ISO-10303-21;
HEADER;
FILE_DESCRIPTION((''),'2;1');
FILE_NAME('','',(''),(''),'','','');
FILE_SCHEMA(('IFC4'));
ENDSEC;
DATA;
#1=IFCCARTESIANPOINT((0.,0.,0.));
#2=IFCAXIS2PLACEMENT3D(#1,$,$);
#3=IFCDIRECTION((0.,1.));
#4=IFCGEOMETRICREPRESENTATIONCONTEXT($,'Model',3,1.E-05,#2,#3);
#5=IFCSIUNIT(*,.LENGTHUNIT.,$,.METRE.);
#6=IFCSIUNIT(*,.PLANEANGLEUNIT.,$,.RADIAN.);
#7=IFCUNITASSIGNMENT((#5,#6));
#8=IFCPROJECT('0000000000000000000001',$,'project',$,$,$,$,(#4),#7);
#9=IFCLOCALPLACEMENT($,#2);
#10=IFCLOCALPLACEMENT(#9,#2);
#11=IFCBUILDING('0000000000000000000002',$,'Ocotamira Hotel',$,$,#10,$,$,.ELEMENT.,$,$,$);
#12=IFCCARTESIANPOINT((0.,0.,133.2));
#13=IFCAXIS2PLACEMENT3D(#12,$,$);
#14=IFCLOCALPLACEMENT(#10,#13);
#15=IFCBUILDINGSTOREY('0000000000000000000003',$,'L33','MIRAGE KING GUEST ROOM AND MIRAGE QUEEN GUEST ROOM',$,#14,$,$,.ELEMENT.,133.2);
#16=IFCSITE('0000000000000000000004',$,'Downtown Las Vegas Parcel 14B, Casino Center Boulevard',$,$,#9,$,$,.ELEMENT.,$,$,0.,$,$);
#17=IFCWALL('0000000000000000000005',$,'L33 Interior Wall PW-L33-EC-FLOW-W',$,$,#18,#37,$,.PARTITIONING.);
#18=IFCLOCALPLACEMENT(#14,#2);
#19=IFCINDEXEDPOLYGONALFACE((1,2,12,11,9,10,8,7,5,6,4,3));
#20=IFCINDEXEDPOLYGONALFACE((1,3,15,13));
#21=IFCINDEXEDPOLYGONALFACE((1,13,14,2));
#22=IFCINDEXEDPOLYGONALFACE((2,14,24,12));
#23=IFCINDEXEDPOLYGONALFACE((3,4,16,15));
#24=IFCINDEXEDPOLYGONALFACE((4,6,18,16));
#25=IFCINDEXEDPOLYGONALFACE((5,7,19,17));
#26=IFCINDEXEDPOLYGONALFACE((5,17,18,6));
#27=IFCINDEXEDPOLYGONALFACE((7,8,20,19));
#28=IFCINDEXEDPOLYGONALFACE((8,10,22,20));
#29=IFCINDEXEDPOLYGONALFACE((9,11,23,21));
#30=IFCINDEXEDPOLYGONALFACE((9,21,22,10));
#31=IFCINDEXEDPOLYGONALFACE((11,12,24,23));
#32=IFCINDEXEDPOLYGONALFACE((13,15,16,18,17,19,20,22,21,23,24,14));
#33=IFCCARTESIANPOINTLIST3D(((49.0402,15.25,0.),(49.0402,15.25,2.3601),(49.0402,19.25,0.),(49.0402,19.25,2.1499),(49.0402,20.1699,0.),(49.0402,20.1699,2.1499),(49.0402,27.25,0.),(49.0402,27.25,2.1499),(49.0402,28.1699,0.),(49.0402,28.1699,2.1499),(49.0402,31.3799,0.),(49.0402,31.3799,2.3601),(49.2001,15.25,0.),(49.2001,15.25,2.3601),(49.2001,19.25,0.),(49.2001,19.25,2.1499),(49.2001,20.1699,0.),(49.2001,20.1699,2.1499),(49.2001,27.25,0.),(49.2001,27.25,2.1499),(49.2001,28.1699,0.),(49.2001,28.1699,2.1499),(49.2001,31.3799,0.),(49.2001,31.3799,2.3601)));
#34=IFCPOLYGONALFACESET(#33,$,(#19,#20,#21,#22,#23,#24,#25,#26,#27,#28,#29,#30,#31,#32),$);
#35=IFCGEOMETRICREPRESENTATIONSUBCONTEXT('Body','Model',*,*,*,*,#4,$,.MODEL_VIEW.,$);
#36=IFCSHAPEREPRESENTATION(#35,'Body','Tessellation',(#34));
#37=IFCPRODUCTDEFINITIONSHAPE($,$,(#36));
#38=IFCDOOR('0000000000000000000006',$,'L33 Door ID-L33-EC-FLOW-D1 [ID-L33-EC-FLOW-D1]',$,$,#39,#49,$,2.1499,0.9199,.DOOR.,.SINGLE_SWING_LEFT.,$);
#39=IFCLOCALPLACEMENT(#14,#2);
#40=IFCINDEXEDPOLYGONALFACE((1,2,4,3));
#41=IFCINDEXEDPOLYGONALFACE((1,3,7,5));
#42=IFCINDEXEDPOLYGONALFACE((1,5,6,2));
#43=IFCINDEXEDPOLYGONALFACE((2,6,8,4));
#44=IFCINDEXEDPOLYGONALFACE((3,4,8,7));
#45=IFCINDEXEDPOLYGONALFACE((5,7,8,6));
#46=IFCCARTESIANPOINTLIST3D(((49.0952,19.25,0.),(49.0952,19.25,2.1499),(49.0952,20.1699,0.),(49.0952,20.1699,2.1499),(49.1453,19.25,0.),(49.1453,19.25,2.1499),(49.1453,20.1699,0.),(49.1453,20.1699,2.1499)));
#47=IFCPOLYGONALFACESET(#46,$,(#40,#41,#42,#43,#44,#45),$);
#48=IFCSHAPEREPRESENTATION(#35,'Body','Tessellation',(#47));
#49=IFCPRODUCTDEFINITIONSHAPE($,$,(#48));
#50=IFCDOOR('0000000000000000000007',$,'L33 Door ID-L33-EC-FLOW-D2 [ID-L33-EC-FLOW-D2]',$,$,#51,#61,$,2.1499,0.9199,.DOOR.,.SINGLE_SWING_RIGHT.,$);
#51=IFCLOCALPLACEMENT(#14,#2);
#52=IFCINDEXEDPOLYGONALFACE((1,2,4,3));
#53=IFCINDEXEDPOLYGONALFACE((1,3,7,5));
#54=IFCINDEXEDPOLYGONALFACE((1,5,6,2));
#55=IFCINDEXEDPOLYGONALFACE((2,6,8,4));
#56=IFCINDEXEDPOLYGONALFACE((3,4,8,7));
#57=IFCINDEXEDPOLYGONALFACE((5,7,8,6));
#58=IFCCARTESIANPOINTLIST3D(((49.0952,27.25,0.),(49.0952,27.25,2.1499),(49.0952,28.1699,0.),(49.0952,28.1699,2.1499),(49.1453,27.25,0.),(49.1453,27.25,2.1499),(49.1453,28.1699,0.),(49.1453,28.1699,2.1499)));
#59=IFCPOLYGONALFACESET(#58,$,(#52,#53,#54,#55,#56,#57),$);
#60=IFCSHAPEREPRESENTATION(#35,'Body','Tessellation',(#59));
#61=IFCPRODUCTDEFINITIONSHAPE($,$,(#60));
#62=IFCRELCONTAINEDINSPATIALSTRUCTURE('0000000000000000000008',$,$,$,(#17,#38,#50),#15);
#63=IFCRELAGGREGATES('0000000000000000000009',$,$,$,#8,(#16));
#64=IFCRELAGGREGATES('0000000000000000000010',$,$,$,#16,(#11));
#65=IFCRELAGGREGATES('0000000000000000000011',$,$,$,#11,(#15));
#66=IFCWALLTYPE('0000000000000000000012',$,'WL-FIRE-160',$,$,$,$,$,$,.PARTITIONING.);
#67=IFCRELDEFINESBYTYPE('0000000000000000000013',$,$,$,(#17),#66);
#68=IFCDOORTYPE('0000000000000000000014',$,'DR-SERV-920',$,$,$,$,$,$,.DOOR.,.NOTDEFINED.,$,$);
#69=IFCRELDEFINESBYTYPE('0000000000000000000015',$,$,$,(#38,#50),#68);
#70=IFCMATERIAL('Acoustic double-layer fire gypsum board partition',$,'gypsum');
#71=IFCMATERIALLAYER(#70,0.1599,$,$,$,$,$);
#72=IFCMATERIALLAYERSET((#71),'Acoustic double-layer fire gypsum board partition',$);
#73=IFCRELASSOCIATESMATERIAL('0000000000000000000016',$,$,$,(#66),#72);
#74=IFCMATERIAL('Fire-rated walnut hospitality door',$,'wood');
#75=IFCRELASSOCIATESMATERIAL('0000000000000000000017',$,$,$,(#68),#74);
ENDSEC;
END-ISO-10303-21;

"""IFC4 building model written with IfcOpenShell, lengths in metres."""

from ifc_helpers import new_model, si_unit, direction, frame, frame_2d, origin, place, context, subcontext, project, spatial, rectangle, extrude, source, transform, mapped, material, layer, layer_set, type_object, element, fill, save


model = new_model("IFC4")

# Units and contexts
model_context = context("Model", 3, precision=1e-05, world=origin(), true_north=direction((0.0, 1.0)))
body_context = subcontext(model_context, "Body", "Model", "MODEL_VIEW")
ifc_project = project(units=[si_unit("LENGTHUNIT", "METRE"), si_unit("PLANEANGLEUNIT", "RADIAN")], contexts=[model_context])

# Site, building, storey
site_placement = place(None, origin())
site = spatial("IfcSite", under=ifc_project, at=site_placement, Name="Downtown Las Vegas Parcel 14B, Casino Center Boulevard", CompositionType="ELEMENT", RefElevation=0.0)
building_placement = place(site_placement, origin())
building = spatial("IfcBuilding", under=site, at=building_placement, Name="Ocotamira Hotel", CompositionType="ELEMENT")
storey_placement = place(building_placement, frame((0.0, 0.0, 133.2)))
storey = spatial("IfcBuildingStorey", under=building, at=storey_placement, Name="L33", Description="MIRAGE KING GUEST ROOM AND MIRAGE QUEEN GUEST ROOM", CompositionType="ELEMENT", Elevation=133.2)

# Wall, openings, doors
ifc_material_1 = material(Name="Acoustic double-layer fire gypsum board partition", Category="gypsum")
ifc_layer_1 = layer(ifc_material_1, 0.1599)
ifc_layer_set_1 = layer_set([ifc_layer_1], Name="Acoustic double-layer fire gypsum board partition")
wall_type_1 = type_object("IfcWallType", Name="WL-FIRE-160", PredefinedType="PARTITIONING", material=ifc_layer_set_1)
wall_1_placement = place(storey_placement, frame((49.1201, 15.25, 0.0), z_axis=(0.0, 0.0, 1.0), x_axis=(0.0, 1.0, 0.0)))
wall_1 = element("IfcWall", 1, at=wall_1_placement, inside=storey, type_object=wall_type_1, Name="L33 Interior Wall PW-L33-EC-FLOW-W", PredefinedType="PARTITIONING", context=body_context, shape_type="SweptSolid", body=[
    extrude(rectangle(XDim=16.1299, YDim=0.1599, at=frame_2d((8.0649, 0.0))), origin(), (0.0, 0.0, 1.0), 2.3601),
])
opening_1_placement = place(wall_1_placement, frame((4.0, 0.0, 0.0)))
opening_1 = element("IfcOpeningElement", 2, at=opening_1_placement, cuts=wall_1, PredefinedType="OPENING", context=body_context, shape_type="SweptSolid", body=[
    extrude(rectangle(XDim=0.9199, YDim=2.1499, at=frame_2d((0.46, 1.075))), frame((0.0, 0.0898, 0.0), z_axis=(0.0, -1.0, 0.0), x_axis=(1.0, 0.0, 0.0)), (0.0, 0.0, 1.0), 0.1799),
])
opening_2_placement = place(wall_1_placement, frame((12.0, 0.0, 0.0)))
opening_2 = element("IfcOpeningElement", 3, at=opening_2_placement, cuts=wall_1, PredefinedType="OPENING", context=body_context, shape_type="SweptSolid", body=[
    extrude(rectangle(XDim=0.9199, YDim=2.1499, at=frame_2d((0.46, 1.075))), frame((0.0, 0.0898, 0.0), z_axis=(0.0, -1.0, 0.0), x_axis=(1.0, 0.0, 0.0)), (0.0, 0.0, 1.0), 0.1799),
])
ifc_material_2 = material(Name="Fire-rated walnut hospitality door", Category="wood")
door_type_1 = type_object("IfcDoorType", Name="DR-SERV-920", OperationType="NOTDEFINED", PredefinedType="DOOR", material=ifc_material_2)
shared_shape_1 = source(origin(), body_context, "Body", "SweptSolid", [
    extrude(rectangle(XDim=0.9199, YDim=2.1499, at=frame_2d((0.46, 1.075))), frame((0.0, 0.0249, 0.0), z_axis=(0.0, -1.0, 0.0), x_axis=(1.0, 0.0, 0.0)), (0.0, 0.0, 1.0), 0.05),
])
door_1_placement = place(opening_1_placement, origin())
door_1 = element("IfcDoor", 4, at=door_1_placement, inside=storey, type_object=door_type_1, Name="L33 Door ID-L33-EC-FLOW-D1 [ID-L33-EC-FLOW-D1]", OperationType="SINGLE_SWING_LEFT", OverallHeight=2.1499, OverallWidth=0.9199, PredefinedType="DOOR", context=body_context, shape_type="MappedRepresentation", body=[
    mapped(shared_shape_1, transform((0.0, 0.0, 0.0), scale=1.0)),
])
fill(opening_1, door_1)
door_2_placement = place(opening_2_placement, origin())
door_2 = element("IfcDoor", 5, at=door_2_placement, inside=storey, type_object=door_type_1, Name="L33 Door ID-L33-EC-FLOW-D2 [ID-L33-EC-FLOW-D2]", OperationType="SINGLE_SWING_RIGHT", OverallHeight=2.1499, OverallWidth=0.9199, PredefinedType="DOOR", context=body_context, shape_type="MappedRepresentation", body=[
    mapped(shared_shape_1, transform((0.0, 0.0, 0.0), scale=1.0)),
])
fill(opening_2, door_2)

save(model, "model.ifc")
